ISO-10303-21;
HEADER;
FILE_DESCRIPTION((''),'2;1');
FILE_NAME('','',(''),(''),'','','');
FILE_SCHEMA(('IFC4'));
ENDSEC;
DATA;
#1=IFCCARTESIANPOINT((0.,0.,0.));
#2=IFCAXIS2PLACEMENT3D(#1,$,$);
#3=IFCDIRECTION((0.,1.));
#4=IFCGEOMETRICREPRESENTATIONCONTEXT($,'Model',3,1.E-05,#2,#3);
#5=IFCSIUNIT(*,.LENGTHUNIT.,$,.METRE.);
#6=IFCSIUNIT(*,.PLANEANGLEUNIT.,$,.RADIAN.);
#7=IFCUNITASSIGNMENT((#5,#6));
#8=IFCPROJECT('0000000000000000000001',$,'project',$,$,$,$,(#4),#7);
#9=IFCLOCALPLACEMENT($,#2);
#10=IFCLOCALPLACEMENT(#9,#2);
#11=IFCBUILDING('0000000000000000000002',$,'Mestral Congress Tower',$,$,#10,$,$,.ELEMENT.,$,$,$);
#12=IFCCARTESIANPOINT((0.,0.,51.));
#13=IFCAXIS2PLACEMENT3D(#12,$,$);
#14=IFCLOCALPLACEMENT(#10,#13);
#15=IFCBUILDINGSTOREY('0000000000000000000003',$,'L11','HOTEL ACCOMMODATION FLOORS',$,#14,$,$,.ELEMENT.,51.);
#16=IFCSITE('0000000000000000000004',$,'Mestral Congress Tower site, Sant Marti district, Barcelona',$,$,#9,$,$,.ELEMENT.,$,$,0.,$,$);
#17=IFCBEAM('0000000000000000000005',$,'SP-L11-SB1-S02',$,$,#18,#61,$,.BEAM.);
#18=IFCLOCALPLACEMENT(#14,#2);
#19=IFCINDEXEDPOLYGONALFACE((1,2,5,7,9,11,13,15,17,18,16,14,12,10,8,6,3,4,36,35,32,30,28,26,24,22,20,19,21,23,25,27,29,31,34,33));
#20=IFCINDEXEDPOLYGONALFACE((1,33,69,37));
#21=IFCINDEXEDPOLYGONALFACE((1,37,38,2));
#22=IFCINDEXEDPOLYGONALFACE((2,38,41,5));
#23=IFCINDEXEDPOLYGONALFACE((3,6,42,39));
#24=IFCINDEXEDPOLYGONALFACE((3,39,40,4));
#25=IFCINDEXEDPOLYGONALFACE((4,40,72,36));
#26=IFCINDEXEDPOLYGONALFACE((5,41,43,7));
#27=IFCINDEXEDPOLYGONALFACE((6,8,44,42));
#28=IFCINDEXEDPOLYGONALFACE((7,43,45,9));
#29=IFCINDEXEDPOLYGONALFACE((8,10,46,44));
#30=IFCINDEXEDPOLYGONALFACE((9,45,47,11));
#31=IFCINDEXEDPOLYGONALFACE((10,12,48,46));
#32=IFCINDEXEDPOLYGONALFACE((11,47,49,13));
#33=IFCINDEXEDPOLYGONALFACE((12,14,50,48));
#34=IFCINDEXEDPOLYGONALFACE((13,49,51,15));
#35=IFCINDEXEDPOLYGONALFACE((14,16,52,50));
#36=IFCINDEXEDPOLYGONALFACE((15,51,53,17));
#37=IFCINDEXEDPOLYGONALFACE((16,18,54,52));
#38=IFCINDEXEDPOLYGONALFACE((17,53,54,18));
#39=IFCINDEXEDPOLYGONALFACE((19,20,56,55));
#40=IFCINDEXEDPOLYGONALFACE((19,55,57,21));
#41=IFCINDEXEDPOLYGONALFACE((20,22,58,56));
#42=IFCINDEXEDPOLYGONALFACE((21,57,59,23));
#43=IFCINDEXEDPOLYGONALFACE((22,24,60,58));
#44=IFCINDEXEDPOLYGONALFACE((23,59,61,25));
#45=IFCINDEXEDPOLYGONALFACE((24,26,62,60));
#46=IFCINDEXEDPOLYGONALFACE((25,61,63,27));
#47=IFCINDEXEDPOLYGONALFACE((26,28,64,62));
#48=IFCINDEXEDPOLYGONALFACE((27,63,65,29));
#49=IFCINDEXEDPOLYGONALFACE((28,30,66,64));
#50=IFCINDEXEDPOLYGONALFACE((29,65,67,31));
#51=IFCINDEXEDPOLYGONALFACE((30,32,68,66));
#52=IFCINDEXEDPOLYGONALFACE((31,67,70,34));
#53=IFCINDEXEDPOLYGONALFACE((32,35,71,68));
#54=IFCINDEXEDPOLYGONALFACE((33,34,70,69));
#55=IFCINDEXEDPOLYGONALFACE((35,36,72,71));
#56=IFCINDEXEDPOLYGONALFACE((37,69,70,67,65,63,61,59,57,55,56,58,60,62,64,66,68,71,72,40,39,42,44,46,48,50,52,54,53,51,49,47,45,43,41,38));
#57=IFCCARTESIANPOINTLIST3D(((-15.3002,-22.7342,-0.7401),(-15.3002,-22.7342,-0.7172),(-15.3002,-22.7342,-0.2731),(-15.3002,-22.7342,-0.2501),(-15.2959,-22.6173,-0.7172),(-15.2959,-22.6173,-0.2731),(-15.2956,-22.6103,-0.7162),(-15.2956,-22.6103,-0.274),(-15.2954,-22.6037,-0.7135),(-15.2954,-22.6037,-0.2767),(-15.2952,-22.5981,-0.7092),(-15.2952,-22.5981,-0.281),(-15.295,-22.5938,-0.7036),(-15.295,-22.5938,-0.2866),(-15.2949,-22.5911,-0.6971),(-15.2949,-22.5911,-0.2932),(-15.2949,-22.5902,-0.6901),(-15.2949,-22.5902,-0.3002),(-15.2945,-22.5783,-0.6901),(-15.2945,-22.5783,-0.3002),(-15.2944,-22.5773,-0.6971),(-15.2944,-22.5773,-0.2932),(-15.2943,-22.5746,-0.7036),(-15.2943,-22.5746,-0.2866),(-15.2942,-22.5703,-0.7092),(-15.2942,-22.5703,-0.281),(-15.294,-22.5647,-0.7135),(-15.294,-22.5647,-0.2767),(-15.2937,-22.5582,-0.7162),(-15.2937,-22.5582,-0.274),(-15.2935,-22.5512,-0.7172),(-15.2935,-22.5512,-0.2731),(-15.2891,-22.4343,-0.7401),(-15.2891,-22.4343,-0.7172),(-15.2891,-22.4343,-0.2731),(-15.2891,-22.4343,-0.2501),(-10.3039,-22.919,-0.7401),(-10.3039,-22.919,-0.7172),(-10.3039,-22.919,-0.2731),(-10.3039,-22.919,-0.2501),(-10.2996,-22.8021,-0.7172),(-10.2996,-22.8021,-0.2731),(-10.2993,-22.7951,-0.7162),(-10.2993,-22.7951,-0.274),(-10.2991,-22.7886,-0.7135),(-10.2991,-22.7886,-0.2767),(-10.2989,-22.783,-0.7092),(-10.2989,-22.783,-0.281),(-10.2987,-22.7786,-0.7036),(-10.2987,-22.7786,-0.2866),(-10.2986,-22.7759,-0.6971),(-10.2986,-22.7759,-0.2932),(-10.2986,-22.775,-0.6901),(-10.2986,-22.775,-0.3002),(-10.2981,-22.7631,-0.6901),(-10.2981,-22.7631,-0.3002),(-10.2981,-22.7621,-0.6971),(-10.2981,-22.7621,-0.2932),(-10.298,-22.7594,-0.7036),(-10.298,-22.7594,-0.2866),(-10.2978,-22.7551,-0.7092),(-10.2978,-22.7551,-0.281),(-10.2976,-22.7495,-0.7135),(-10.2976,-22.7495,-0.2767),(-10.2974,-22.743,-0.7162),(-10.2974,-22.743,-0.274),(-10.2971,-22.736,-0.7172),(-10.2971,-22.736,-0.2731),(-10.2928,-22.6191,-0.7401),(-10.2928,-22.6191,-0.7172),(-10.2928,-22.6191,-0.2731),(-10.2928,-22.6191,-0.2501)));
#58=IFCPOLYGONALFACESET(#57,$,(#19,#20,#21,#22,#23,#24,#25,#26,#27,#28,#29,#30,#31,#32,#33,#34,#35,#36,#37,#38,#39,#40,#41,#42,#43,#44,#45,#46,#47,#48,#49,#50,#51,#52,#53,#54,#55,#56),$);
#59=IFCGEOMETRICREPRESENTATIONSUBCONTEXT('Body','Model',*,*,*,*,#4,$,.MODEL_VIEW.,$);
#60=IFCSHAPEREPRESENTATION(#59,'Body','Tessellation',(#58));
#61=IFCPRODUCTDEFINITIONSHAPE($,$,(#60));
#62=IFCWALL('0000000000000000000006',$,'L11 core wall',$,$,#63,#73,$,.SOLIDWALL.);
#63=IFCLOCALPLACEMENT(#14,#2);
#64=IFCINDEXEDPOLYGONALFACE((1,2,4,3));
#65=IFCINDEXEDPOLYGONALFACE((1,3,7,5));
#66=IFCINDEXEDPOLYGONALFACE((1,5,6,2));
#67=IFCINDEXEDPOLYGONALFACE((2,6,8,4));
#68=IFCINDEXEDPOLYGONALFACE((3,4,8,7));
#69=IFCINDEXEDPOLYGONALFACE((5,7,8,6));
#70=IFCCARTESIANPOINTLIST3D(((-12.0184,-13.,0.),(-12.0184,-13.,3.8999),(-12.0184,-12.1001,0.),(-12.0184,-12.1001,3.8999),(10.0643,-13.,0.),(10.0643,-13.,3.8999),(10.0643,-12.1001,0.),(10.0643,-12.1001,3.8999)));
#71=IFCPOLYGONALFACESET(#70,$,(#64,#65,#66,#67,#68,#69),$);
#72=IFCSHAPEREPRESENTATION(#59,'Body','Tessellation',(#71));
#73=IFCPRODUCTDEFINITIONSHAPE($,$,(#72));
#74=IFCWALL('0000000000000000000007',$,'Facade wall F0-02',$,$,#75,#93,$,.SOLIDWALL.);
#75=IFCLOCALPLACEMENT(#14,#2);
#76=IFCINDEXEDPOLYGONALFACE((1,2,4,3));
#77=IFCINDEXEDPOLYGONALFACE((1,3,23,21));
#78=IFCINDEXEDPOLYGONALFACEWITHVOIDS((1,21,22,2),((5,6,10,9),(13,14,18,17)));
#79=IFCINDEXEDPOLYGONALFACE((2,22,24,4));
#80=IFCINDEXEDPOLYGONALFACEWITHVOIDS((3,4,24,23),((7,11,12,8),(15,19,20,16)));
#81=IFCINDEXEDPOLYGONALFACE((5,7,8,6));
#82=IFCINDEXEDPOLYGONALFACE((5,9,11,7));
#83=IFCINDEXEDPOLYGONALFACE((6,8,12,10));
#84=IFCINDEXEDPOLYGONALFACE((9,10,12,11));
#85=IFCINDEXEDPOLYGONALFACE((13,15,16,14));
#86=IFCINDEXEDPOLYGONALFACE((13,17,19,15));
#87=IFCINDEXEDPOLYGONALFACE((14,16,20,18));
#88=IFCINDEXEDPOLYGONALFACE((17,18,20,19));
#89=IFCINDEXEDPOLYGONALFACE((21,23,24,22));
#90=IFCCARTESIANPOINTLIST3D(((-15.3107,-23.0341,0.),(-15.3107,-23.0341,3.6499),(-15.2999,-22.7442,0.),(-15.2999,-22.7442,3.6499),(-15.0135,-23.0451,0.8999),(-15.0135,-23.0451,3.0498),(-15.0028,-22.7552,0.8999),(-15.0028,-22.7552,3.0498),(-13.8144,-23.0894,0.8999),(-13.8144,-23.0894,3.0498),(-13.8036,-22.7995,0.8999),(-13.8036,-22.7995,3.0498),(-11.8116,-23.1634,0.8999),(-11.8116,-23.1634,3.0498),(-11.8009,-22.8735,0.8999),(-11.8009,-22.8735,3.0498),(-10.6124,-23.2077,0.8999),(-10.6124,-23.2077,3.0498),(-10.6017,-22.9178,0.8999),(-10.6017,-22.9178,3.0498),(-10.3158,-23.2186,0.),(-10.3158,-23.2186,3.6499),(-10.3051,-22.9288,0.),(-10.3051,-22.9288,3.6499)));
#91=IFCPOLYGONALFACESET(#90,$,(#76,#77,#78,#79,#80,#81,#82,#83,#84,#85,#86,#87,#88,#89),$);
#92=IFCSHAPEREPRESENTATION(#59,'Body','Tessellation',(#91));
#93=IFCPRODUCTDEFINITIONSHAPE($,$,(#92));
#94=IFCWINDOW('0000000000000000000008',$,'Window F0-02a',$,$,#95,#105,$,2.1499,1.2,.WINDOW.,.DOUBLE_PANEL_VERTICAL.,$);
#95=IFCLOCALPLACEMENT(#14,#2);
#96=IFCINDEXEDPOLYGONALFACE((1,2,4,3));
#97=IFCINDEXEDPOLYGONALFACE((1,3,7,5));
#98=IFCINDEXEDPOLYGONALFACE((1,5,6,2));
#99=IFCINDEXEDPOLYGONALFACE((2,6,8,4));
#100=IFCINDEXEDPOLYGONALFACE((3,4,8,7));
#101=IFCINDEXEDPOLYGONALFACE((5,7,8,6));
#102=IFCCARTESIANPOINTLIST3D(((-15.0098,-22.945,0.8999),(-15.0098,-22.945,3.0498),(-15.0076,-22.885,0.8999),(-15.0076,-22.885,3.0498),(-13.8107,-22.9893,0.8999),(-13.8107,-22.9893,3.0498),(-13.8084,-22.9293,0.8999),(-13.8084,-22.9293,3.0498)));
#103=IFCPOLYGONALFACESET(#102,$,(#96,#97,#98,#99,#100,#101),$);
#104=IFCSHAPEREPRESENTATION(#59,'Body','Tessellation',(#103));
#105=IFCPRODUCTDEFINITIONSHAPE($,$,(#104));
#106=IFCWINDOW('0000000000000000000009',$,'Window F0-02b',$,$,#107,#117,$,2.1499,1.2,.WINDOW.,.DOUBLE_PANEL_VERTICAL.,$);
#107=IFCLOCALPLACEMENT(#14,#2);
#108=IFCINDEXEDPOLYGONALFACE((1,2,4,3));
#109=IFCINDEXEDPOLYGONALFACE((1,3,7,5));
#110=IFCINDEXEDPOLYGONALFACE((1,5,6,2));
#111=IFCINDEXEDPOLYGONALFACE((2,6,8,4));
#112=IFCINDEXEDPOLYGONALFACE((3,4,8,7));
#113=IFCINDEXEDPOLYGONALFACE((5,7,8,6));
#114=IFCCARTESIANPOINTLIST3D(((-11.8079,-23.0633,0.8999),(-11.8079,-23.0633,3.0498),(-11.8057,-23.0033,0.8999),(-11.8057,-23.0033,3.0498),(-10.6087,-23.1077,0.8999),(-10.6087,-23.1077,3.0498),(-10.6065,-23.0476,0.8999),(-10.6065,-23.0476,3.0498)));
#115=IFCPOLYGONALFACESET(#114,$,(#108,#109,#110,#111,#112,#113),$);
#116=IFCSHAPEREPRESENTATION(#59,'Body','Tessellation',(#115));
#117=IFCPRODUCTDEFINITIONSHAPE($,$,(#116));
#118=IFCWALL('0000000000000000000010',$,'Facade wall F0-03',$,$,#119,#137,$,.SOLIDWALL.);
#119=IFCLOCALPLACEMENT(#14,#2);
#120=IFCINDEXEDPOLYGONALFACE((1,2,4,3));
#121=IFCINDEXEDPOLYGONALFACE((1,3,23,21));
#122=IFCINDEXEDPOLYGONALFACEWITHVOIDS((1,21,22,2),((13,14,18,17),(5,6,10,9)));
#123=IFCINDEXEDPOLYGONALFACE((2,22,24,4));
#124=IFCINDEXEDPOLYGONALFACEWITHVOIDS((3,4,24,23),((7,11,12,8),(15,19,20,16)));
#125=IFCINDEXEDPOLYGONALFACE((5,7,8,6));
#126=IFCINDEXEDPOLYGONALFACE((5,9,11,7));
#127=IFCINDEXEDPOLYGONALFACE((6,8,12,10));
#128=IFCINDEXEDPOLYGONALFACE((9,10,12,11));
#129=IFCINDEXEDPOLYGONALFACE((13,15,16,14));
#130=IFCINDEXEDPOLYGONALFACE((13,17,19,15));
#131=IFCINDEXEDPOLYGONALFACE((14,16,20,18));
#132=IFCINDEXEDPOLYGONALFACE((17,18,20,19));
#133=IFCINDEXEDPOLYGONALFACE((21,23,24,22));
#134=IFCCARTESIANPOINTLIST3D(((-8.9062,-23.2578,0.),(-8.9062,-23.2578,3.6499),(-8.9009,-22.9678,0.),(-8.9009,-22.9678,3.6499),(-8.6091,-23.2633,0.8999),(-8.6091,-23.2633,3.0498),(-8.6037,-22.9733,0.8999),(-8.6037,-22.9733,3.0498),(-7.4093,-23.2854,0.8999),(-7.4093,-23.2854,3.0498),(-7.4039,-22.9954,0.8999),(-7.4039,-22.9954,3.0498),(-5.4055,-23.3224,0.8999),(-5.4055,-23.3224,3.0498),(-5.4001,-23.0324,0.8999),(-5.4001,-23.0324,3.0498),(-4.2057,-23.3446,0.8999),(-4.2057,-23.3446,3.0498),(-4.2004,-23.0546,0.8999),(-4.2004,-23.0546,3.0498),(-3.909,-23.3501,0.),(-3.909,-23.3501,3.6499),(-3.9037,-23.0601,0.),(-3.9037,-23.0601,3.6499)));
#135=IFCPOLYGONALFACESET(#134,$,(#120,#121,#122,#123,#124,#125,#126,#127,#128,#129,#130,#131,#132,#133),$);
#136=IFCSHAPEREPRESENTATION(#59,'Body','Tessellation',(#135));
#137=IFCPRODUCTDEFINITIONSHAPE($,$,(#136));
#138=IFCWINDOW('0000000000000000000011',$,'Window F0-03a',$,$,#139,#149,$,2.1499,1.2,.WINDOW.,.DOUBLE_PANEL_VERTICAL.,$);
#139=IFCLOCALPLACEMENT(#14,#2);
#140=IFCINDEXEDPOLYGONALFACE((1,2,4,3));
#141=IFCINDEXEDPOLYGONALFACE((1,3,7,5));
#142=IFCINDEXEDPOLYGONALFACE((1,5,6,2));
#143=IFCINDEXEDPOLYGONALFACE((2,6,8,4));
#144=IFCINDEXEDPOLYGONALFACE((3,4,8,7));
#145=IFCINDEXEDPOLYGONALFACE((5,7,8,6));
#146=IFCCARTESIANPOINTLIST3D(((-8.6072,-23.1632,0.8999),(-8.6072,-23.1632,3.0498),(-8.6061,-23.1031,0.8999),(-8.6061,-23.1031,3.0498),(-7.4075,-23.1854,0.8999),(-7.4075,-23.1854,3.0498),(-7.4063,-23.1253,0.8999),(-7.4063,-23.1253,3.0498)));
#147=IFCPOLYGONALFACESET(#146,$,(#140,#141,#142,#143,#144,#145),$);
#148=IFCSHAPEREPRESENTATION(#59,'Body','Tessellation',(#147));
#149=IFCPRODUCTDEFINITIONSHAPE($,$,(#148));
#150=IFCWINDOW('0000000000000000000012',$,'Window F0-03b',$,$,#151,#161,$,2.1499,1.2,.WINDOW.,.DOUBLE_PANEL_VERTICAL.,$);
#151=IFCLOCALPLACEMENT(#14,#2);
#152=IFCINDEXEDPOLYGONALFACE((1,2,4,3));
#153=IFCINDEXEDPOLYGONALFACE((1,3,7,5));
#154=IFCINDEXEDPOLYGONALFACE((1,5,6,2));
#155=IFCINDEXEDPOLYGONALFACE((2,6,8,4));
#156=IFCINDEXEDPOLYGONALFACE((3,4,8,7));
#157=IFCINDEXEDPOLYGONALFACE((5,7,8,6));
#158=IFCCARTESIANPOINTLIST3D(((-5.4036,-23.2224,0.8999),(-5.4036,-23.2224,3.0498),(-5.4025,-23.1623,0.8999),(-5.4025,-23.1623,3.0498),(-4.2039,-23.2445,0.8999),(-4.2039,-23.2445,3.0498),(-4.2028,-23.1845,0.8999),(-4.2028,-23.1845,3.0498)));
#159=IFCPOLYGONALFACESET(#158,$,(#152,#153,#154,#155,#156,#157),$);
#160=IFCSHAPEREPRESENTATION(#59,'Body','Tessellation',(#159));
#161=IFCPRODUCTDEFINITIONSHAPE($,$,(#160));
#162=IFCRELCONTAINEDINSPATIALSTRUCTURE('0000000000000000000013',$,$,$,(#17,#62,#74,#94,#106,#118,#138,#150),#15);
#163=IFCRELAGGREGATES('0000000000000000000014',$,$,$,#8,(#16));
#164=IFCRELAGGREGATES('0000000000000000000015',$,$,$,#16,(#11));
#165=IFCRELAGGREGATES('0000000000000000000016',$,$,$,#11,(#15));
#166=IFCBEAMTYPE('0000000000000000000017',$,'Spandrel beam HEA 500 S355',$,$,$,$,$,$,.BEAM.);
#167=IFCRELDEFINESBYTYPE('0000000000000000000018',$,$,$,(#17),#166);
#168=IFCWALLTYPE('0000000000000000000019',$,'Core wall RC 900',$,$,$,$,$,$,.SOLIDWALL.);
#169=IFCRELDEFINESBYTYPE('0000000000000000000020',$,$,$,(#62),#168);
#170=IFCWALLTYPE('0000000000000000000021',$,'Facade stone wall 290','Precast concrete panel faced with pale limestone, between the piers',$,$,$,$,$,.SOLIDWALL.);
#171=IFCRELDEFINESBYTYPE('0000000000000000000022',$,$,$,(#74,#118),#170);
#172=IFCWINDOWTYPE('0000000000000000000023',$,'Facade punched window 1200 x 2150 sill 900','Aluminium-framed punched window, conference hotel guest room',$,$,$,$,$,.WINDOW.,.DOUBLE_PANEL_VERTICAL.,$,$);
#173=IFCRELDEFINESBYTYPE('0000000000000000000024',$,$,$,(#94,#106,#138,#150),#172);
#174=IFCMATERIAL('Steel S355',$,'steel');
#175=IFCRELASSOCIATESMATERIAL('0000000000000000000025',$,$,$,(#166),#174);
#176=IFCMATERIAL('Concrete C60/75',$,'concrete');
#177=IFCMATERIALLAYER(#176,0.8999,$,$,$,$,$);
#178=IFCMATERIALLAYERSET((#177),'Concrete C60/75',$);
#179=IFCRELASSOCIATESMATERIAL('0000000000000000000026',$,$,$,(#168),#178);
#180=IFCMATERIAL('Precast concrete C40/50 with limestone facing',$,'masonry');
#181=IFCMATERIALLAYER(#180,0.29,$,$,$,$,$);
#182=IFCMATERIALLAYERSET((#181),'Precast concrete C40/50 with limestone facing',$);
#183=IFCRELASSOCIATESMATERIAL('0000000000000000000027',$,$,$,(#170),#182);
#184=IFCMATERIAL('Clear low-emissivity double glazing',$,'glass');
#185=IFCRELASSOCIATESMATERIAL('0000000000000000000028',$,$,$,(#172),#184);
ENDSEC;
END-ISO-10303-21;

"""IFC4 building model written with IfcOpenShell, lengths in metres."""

from ifc_helpers import new_model, si_unit, direction, frame, frame_2d, origin, origin_2d, place, context, subcontext, project, spatial, rectangle, i_section, extrude, material, layer, layer_set, material_profile, profile_set, type_object, element, fill, save


model = new_model("IFC4")

# Units and contexts
model_context = context("Model", 3, precision=1e-05, world=origin(), true_north=direction((0.0, 1.0)))
body_context = subcontext(model_context, "Body", "Model", "MODEL_VIEW")
ifc_project = project(units=[si_unit("LENGTHUNIT", "METRE"), si_unit("PLANEANGLEUNIT", "RADIAN")], contexts=[model_context])

# Site, building, storey
site_placement = place(None, origin())
site = spatial("IfcSite", under=ifc_project, at=site_placement, Name="Mestral Congress Tower site, Sant Marti district, Barcelona", CompositionType="ELEMENT", RefElevation=0.0)
building_placement = place(site_placement, origin())
building = spatial("IfcBuilding", under=site, at=building_placement, Name="Mestral Congress Tower", CompositionType="ELEMENT")
storey_placement = place(building_placement, frame((0.0, 0.0, 51.0)))
storey = spatial("IfcBuildingStorey", under=building, at=storey_placement, Name="L11", Description="HOTEL ACCOMMODATION FLOORS", CompositionType="ELEMENT", Elevation=51.0)

# Beam
ifc_material_1 = material(Name="Steel S355", Category="steel")
ifc_material_profile_1 = material_profile(ifc_material_1, i_section(OverallWidth=0.3, OverallDepth=0.49, WebThickness=0.012, FlangeThickness=0.0229, FilletRadius=0.0271, at=origin_2d()), Name="HEA 500")
ifc_profile_set_1 = profile_set([ifc_material_profile_1], Name="Steel S355")
beam_type_1 = type_object("IfcBeamType", Name="Spandrel beam HEA 500 S355", PredefinedType="BEAM", material=ifc_profile_set_1)
beam_1_placement = place(storey_placement, frame((-15.2947, -22.5842, -0.4951), z_axis=(0.999317, -0.036965, 0.0), x_axis=(0.036965, 0.999317, 0.0)))
element("IfcBeam", 1, at=beam_1_placement, inside=storey, type_object=beam_type_1, Name="SP-L11-SB1-S02", PredefinedType="BEAM", context=body_context, shape_type="SweptSolid", body=[
    extrude(i_section(OverallWidth=0.3, OverallDepth=0.49, WebThickness=0.012, FlangeThickness=0.0229, FilletRadius=0.0271, at=origin_2d()), origin(), (0.0, 0.0, 1.0), 4.9998),
])

# Wall
ifc_material_2 = material(Name="Concrete C60/75", Category="concrete")
ifc_layer_1 = layer(ifc_material_2, 0.8999)
ifc_layer_set_1 = layer_set([ifc_layer_1], Name="Concrete C60/75")
wall_type_1 = type_object("IfcWallType", Name="Core wall RC 900", PredefinedType="SOLIDWALL", material=ifc_layer_set_1)
wall_1_placement = place(storey_placement, frame((-12.0186, -12.55, 0.0), z_axis=(0.0, 0.0, 1.0), x_axis=(1.0, 0.0, 0.0)))
element("IfcWall", 2, at=wall_1_placement, inside=storey, type_object=wall_type_1, Name="L11 core wall", PredefinedType="SOLIDWALL", context=body_context, shape_type="SweptSolid", body=[
    extrude(rectangle(XDim=22.0828, YDim=0.8999, at=frame_2d((11.0415, 0.0))), origin(), (0.0, 0.0, 1.0), 3.8999),
])

# Walls, openings, windows
ifc_material_3 = material(Name="Precast concrete C40/50 with limestone facing", Category="masonry")
ifc_layer_2 = layer(ifc_material_3, 0.29)
ifc_layer_set_2 = layer_set([ifc_layer_2], Name="Precast concrete C40/50 with limestone facing")
wall_type_2 = type_object("IfcWallType", Name="Facade stone wall 290", Description="Precast concrete panel faced with pale limestone, between the piers", PredefinedType="SOLIDWALL", material=ifc_layer_set_2)
wall_2_placement = place(storey_placement, frame((-15.3052, -22.8892, 0.0), z_axis=(0.0, 0.0, 1.0), x_axis=(0.999318, -0.036927, 0.0)))
wall_2 = element("IfcWall", 3, at=wall_2_placement, inside=storey, type_object=wall_type_2, Name="Facade wall F0-02", PredefinedType="SOLIDWALL", context=body_context, shape_type="SweptSolid", body=[
    extrude(rectangle(XDim=4.9983, YDim=0.29, at=frame_2d((2.499, 0.0))), origin(), (0.0, 0.0, 1.0), 3.6499),
])
opening_1_placement = place(wall_2_placement, frame((0.2971, 0.0, 0.8999)))
opening_1 = element("IfcOpeningElement", 4, at=opening_1_placement, cuts=wall_2, PredefinedType="OPENING", context=body_context, shape_type="SweptSolid", body=[
    extrude(rectangle(XDim=1.2, YDim=2.1499, at=frame_2d((0.6001, 1.075))), frame((0.0, 0.155, 0.0), z_axis=(0.0, -1.0, 0.0), x_axis=(1.0, 0.0, 0.0)), (0.0, 0.0, 1.0), 0.3101),
])
opening_2_placement = place(wall_2_placement, frame((3.5012, 0.0, 0.8999)))
opening_2 = element("IfcOpeningElement", 5, at=opening_2_placement, cuts=wall_2, PredefinedType="OPENING", context=body_context, shape_type="SweptSolid", body=[
    extrude(rectangle(XDim=1.2, YDim=2.1499, at=frame_2d((0.6001, 1.075))), frame((0.0, 0.155, 0.0), z_axis=(0.0, -1.0, 0.0), x_axis=(1.0, 0.0, 0.0)), (0.0, 0.0, 1.0), 0.3101),
])
ifc_material_4 = material(Name="Clear low-emissivity double glazing", Category="glass")
window_type = type_object("IfcWindowType", Name="Facade punched window 1200 x 2150 sill 900", Description="Aluminium-framed punched window, conference hotel guest room", PartitioningType="DOUBLE_PANEL_VERTICAL", PredefinedType="WINDOW", material=ifc_material_4)
window_1_placement = place(opening_1_placement, origin())
window_1 = element("IfcWindow", 6, at=window_1_placement, inside=storey, type_object=window_type, Name="Window F0-02a", OverallHeight=2.1499, OverallWidth=1.2, PartitioningType="DOUBLE_PANEL_VERTICAL", PredefinedType="WINDOW", context=body_context, shape_type="SweptSolid", body=[
    extrude(rectangle(XDim=1.2, YDim=2.1499, at=frame_2d((0.6001, 1.075))), frame((0.0, 0.0151, 0.0), z_axis=(0.0, -1.0, 0.0), x_axis=(1.0, 0.0, 0.0)), (0.0, 0.0, 1.0), 0.0601),
])
fill(opening_1, window_1)
window_2_placement = place(opening_2_placement, origin())
window_2 = element("IfcWindow", 7, at=window_2_placement, inside=storey, type_object=window_type, Name="Window F0-02b", OverallHeight=2.1499, OverallWidth=1.2, PartitioningType="DOUBLE_PANEL_VERTICAL", PredefinedType="WINDOW", context=body_context, shape_type="SweptSolid", body=[
    extrude(rectangle(XDim=1.2, YDim=2.1499, at=frame_2d((0.6001, 1.075))), frame((0.0, 0.0151, 0.0), z_axis=(0.0, -1.0, 0.0), x_axis=(1.0, 0.0, 0.0)), (0.0, 0.0, 1.0), 0.0601),
])
fill(opening_2, window_2)
wall_3_placement = place(storey_placement, frame((-8.9036, -23.1128, 0.0), z_axis=(0.0, 0.0, 1.0), x_axis=(0.99983, -0.018464, 0.0)))
wall_3 = element("IfcWall", 8, at=wall_3_placement, inside=storey, type_object=wall_type_2, Name="Facade wall F0-03", PredefinedType="SOLIDWALL", context=body_context, shape_type="SweptSolid", body=[
    extrude(rectangle(XDim=4.998, YDim=0.29, at=frame_2d((2.499, 0.0))), origin(), (0.0, 0.0, 1.0), 3.6499),
])
opening_3_placement = place(wall_3_placement, frame((0.2971, 0.0, 0.8999)))
opening_3 = element("IfcOpeningElement", 9, at=opening_3_placement, cuts=wall_3, PredefinedType="OPENING", context=body_context, shape_type="SweptSolid", body=[
    extrude(rectangle(XDim=1.2, YDim=2.1499, at=frame_2d((0.6001, 1.075))), frame((0.0, 0.155, 0.0), z_axis=(0.0, -1.0, 0.0), x_axis=(1.0, 0.0, 0.0)), (0.0, 0.0, 1.0), 0.3101),
])
opening_4_placement = place(wall_3_placement, frame((3.5012, 0.0, 0.8999)))
opening_4 = element("IfcOpeningElement", 10, at=opening_4_placement, cuts=wall_3, PredefinedType="OPENING", context=body_context, shape_type="SweptSolid", body=[
    extrude(rectangle(XDim=1.2, YDim=2.1499, at=frame_2d((0.6001, 1.075))), frame((0.0, 0.155, 0.0), z_axis=(0.0, -1.0, 0.0), x_axis=(1.0, 0.0, 0.0)), (0.0, 0.0, 1.0), 0.3101),
])
window_3_placement = place(opening_3_placement, origin())
window_3 = element("IfcWindow", 11, at=window_3_placement, inside=storey, type_object=window_type, Name="Window F0-03a", OverallHeight=2.1499, OverallWidth=1.2, PartitioningType="DOUBLE_PANEL_VERTICAL", PredefinedType="WINDOW", context=body_context, shape_type="SweptSolid", body=[
    extrude(rectangle(XDim=1.2, YDim=2.1499, at=frame_2d((0.6001, 1.075))), frame((0.0, 0.0151, 0.0), z_axis=(0.0, -1.0, 0.0), x_axis=(1.0, 0.0, 0.0)), (0.0, 0.0, 1.0), 0.0601),
])
fill(opening_3, window_3)
window_4_placement = place(opening_4_placement, origin())
window_4 = element("IfcWindow", 12, at=window_4_placement, inside=storey, type_object=window_type, Name="Window F0-03b", OverallHeight=2.1499, OverallWidth=1.2, PartitioningType="DOUBLE_PANEL_VERTICAL", PredefinedType="WINDOW", context=body_context, shape_type="SweptSolid", body=[
    extrude(rectangle(XDim=1.2, YDim=2.1499, at=frame_2d((0.6001, 1.075))), frame((0.0, 0.0151, 0.0), z_axis=(0.0, -1.0, 0.0), x_axis=(1.0, 0.0, 0.0)), (0.0, 0.0, 1.0), 0.0601),
])
fill(opening_4, window_4)

save(model, "model.ifc")
